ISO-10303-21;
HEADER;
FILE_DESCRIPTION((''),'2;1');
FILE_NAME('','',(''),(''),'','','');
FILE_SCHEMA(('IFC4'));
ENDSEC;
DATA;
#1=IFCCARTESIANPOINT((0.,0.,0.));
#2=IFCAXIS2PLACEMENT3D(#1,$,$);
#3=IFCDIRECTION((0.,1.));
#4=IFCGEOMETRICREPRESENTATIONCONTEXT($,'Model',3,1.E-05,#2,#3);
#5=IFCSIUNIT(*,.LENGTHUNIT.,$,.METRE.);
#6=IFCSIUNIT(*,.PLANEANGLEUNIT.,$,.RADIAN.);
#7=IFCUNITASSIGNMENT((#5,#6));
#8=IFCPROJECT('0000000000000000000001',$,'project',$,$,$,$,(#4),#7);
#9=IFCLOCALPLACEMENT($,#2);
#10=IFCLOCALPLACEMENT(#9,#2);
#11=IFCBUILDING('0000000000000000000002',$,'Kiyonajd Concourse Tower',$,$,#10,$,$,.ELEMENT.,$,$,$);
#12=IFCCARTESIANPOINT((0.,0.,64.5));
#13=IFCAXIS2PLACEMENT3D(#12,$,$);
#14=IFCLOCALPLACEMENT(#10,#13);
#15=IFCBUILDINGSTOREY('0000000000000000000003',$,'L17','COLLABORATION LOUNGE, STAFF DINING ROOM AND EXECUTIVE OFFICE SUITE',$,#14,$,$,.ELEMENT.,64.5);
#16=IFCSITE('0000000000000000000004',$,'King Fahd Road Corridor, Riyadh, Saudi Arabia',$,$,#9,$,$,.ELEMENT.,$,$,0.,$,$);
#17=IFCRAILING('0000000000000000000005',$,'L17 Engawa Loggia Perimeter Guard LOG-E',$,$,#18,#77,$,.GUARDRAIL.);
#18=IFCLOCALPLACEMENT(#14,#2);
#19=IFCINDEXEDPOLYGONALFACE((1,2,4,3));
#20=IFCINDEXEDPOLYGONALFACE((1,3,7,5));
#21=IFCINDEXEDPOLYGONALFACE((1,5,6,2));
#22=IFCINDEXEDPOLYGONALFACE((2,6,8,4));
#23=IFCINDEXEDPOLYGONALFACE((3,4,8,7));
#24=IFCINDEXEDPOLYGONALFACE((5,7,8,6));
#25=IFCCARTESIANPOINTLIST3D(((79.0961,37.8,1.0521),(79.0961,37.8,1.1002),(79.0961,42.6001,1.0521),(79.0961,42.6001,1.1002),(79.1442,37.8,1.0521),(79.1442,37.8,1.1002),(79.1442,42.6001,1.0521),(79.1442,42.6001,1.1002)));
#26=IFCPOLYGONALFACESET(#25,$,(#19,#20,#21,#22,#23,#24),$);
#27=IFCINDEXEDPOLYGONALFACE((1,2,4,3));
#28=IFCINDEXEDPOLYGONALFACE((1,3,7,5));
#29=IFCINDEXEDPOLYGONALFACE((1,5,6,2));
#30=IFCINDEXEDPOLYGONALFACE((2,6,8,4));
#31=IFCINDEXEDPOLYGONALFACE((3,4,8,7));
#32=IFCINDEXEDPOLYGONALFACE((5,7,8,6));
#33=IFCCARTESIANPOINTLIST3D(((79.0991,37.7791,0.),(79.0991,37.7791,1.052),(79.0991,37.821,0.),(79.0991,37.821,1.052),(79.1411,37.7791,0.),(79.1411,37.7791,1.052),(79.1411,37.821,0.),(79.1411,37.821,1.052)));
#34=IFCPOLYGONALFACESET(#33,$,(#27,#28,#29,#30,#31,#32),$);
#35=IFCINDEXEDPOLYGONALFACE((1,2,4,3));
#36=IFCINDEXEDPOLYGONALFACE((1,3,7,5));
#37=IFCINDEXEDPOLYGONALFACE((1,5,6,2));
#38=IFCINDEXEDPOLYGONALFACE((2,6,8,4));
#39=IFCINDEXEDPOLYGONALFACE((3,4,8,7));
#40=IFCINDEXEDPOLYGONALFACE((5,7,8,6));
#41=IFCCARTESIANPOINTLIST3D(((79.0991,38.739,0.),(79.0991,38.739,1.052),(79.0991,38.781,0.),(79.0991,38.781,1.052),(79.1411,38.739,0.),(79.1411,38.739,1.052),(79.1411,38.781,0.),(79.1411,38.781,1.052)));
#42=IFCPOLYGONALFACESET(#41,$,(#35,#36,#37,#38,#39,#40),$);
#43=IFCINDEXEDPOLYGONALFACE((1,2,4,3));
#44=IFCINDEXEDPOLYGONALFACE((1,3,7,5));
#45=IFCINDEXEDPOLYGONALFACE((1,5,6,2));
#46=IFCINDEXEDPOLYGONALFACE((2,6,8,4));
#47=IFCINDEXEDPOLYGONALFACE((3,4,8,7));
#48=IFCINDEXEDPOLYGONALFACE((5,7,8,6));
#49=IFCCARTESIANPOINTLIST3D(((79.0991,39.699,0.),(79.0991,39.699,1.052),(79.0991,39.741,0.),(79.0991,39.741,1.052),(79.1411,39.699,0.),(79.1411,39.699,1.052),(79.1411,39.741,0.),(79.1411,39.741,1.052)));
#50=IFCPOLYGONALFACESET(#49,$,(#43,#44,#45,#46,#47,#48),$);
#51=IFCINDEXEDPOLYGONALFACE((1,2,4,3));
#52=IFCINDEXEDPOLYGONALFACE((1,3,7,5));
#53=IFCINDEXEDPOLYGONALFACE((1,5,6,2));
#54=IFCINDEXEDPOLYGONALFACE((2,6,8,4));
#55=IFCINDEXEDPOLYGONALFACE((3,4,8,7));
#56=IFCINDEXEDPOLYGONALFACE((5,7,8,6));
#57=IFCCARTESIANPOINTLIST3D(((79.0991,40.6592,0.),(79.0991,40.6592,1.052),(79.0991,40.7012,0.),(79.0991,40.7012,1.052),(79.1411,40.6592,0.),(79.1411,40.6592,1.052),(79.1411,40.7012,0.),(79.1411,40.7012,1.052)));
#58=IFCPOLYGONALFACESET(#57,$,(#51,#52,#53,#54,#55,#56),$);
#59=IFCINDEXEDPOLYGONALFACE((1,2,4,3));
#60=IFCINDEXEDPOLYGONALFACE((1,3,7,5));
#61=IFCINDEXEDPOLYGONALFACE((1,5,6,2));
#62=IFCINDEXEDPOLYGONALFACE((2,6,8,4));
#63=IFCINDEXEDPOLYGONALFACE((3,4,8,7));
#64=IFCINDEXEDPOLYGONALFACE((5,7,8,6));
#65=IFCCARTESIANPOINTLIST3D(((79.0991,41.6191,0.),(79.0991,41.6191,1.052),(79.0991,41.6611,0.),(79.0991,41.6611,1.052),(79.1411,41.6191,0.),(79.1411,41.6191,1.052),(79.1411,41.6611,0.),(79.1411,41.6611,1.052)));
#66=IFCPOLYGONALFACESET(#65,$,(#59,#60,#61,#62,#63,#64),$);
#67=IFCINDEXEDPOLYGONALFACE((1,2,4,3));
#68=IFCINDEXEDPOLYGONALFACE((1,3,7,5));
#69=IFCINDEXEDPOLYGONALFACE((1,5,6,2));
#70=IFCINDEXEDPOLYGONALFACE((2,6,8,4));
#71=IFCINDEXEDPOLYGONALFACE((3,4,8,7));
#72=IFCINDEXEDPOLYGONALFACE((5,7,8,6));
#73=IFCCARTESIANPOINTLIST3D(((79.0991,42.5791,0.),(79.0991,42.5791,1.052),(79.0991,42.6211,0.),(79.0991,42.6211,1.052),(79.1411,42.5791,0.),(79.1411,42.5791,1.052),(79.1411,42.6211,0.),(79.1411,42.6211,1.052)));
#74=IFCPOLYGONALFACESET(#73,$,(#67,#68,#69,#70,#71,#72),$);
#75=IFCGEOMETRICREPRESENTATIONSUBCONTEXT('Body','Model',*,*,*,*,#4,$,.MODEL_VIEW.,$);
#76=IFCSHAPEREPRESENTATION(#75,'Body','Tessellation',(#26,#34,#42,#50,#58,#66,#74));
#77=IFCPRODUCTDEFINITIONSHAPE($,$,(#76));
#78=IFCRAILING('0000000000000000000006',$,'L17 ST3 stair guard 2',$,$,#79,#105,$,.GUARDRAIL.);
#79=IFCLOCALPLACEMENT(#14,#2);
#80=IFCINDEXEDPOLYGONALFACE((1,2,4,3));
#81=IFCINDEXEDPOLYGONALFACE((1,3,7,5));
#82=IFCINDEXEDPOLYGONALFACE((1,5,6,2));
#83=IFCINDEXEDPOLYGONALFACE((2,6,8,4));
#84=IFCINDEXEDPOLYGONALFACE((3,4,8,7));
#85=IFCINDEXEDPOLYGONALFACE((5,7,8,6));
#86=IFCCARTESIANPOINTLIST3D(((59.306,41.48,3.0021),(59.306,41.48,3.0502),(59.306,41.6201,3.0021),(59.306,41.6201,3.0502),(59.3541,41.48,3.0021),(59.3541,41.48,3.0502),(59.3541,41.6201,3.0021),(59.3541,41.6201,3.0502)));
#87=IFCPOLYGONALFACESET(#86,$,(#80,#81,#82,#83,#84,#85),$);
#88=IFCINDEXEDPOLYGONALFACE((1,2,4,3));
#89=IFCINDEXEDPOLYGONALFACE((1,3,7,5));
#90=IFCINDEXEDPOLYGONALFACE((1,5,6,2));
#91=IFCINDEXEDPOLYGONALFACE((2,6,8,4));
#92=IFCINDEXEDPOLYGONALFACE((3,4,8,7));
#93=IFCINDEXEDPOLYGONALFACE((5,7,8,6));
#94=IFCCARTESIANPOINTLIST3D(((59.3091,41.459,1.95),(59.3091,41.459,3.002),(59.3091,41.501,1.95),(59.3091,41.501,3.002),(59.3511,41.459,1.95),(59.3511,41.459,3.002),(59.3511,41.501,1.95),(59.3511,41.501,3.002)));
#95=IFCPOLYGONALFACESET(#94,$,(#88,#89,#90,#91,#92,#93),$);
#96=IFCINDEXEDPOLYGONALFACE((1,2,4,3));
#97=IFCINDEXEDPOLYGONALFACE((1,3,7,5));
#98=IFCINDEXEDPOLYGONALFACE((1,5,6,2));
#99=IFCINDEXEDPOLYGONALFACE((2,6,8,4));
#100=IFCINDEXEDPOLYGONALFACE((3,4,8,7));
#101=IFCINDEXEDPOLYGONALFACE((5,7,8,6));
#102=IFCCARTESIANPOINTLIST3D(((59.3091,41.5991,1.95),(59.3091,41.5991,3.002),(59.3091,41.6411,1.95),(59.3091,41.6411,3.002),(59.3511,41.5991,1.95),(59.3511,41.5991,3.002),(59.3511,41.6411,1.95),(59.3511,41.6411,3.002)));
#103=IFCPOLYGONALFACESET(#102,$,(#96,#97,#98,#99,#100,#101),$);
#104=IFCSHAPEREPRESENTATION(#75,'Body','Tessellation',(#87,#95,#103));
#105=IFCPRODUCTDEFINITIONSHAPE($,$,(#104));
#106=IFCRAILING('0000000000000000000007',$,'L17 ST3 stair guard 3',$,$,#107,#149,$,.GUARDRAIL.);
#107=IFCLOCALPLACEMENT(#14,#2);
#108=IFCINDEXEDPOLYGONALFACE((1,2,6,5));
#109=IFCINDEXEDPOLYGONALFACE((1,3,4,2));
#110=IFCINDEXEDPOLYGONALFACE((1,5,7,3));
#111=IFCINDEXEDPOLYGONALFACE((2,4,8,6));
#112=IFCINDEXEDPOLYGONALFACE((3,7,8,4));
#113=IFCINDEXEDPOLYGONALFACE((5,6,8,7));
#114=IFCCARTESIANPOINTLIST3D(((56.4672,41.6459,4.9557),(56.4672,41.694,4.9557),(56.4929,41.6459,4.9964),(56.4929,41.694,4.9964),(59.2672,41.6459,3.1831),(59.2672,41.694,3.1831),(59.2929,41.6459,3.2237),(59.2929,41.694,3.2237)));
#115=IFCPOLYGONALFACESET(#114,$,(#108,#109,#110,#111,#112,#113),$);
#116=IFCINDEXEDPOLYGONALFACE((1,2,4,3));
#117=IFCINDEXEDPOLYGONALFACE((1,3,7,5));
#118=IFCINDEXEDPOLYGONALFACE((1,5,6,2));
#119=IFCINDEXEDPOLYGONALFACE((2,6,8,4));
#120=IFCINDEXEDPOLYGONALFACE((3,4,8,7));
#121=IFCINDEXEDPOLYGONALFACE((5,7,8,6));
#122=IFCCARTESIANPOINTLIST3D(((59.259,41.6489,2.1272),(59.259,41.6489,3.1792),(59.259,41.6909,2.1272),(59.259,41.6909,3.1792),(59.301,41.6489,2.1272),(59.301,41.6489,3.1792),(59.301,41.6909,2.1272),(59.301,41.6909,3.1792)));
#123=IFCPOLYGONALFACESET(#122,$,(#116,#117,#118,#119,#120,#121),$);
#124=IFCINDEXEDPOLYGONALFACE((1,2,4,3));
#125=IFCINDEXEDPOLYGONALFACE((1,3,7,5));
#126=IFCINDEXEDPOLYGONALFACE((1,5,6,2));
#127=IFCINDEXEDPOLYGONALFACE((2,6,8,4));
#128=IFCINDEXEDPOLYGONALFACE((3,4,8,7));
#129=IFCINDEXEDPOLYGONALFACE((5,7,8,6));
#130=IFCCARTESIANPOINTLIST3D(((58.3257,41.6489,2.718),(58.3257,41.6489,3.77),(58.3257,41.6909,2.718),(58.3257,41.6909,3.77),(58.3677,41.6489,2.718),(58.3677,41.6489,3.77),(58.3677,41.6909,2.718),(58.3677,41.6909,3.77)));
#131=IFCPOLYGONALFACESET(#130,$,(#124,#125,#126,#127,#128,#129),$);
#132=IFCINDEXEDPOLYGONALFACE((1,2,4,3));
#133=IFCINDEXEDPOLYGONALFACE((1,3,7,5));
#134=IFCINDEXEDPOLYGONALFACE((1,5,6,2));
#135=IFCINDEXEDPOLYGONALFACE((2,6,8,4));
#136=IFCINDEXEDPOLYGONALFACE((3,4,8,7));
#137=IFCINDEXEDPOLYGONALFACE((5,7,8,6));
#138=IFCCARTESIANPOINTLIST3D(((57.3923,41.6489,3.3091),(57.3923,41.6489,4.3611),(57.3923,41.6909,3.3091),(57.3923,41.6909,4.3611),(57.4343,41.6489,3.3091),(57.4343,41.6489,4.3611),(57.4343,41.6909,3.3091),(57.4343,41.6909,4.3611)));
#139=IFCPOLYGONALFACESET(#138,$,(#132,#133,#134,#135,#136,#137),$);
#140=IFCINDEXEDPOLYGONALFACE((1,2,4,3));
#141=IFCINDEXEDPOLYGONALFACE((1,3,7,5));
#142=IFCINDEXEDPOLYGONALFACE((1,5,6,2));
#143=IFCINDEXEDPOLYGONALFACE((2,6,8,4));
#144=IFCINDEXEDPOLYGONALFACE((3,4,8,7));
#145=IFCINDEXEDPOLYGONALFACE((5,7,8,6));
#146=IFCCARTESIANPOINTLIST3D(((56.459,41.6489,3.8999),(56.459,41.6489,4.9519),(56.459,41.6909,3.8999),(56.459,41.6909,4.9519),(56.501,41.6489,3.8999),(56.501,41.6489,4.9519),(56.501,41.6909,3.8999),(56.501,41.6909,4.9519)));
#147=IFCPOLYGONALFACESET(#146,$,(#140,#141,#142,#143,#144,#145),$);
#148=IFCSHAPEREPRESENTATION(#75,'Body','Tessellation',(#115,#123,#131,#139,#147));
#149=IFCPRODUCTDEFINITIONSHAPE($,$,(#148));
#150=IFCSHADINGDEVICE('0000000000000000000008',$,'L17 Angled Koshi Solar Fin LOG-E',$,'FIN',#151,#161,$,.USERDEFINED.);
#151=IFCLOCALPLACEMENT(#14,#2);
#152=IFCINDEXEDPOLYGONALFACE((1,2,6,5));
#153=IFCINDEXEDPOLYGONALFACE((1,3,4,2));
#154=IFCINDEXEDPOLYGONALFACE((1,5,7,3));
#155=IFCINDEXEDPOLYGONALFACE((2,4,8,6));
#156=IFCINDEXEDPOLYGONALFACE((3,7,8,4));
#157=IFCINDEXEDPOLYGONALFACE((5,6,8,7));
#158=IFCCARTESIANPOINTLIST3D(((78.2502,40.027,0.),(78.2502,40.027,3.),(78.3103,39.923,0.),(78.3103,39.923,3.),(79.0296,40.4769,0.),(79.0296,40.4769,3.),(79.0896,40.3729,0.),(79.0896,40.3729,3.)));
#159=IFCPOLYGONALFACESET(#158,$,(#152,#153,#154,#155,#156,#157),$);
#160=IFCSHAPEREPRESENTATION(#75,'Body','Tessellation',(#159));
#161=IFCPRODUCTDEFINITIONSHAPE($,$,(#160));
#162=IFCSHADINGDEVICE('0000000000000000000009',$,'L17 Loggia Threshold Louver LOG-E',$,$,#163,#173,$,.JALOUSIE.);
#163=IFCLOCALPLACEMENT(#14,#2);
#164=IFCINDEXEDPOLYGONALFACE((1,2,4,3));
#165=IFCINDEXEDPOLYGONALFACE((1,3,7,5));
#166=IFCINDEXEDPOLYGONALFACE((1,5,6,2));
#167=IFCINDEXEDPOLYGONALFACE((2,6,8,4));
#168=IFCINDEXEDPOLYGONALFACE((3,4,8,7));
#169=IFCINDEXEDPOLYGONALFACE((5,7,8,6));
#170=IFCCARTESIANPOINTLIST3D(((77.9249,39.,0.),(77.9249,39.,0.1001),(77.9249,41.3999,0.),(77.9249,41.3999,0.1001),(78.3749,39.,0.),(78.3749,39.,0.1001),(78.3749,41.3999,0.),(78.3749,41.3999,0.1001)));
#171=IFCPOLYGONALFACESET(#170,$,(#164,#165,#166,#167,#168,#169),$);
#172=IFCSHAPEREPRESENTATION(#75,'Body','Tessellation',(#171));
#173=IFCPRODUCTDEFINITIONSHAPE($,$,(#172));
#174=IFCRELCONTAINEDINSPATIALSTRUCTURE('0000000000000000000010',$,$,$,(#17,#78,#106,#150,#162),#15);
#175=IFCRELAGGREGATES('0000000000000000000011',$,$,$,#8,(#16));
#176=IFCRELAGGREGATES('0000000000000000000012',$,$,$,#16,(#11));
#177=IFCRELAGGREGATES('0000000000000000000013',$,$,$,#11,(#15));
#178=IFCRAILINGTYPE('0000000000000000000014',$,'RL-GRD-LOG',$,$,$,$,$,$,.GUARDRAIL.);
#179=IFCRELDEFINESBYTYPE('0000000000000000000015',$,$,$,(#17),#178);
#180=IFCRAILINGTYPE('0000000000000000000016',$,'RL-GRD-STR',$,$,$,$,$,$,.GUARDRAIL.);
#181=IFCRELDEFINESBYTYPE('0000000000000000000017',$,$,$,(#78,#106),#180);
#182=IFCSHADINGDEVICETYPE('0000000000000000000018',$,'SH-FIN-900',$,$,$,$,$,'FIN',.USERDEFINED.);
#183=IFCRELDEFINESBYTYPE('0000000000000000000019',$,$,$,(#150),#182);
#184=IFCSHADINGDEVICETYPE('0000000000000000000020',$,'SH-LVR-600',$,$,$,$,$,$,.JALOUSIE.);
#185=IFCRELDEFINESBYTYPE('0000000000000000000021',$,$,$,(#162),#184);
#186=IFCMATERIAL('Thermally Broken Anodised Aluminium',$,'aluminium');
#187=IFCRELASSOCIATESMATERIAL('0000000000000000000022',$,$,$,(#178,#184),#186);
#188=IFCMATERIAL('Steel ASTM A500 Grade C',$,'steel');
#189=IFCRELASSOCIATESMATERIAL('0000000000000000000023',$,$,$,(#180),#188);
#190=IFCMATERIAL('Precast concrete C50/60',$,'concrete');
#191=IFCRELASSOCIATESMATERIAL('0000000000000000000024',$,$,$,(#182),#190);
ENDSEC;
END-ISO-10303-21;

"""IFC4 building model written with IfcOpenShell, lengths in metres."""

from ifc_helpers import new_model, si_unit, direction, frame, origin, origin_2d, place, context, subcontext, project, spatial, rectangle, extrude, material, type_object, element, save


model = new_model("IFC4")

# Units and contexts
model_context = context("Model", 3, precision=1e-05, world=origin(), true_north=direction((0.0, 1.0)))
body_context = subcontext(model_context, "Body", "Model", "MODEL_VIEW")
ifc_project = project(units=[si_unit("LENGTHUNIT", "METRE"), si_unit("PLANEANGLEUNIT", "RADIAN")], contexts=[model_context])

# Site, building, storey
site_placement = place(None, origin())
site = spatial("IfcSite", under=ifc_project, at=site_placement, Name="King Fahd Road Corridor, Riyadh, Saudi Arabia", CompositionType="ELEMENT", RefElevation=0.0)
building_placement = place(site_placement, origin())
building = spatial("IfcBuilding", under=site, at=building_placement, Name="Kiyonajd Concourse Tower", CompositionType="ELEMENT")
storey_placement = place(building_placement, frame((0.0, 0.0, 64.5)))
storey = spatial("IfcBuildingStorey", under=building, at=storey_placement, Name="L17", Description="COLLABORATION LOUNGE, STAFF DINING ROOM AND EXECUTIVE OFFICE SUITE", CompositionType="ELEMENT", Elevation=64.5)

# Shared definitions
ifc_material_1 = material(Name="Precast concrete C50/60", Category="concrete")

# Shared definitions
ifc_material_2 = material(Name="Thermally Broken Anodised Aluminium", Category="aluminium")

# Railings
railing_type_1 = type_object("IfcRailingType", Name="RL-GRD-LOG", PredefinedType="GUARDRAIL", material=ifc_material_2)
railing_1_placement = place(storey_placement, frame((79.1201, 37.8, 0.0)))
element("IfcRailing", 1, at=railing_1_placement, inside=storey, type_object=railing_type_1, Name="L17 Engawa Loggia Perimeter Guard LOG-E", PredefinedType="GUARDRAIL", context=body_context, shape_type="SweptSolid", body=[
    extrude(rectangle(XDim=0.0481, YDim=0.0481, at=origin_2d()), frame((0.0, 0.0, 1.0762), z_axis=(0.0, 1.0, 0.0), x_axis=(-1.0, 0.0, 0.0)), (0.0, 0.0, 1.0), 4.8),
    extrude(rectangle(XDim=0.042, YDim=0.042, at=origin_2d()), origin(), (0.0, 0.0, 1.0), 1.052),
    extrude(rectangle(XDim=0.042, YDim=0.042, at=origin_2d()), frame((0.0, 0.96, 0.0)), (0.0, 0.0, 1.0), 1.052),
    extrude(rectangle(XDim=0.042, YDim=0.042, at=origin_2d()), frame((0.0, 1.9199, 0.0)), (0.0, 0.0, 1.0), 1.052),
    extrude(rectangle(XDim=0.042, YDim=0.042, at=origin_2d()), frame((0.0, 2.8801, 0.0)), (0.0, 0.0, 1.0), 1.052),
    extrude(rectangle(XDim=0.042, YDim=0.042, at=origin_2d()), frame((0.0, 3.8401, 0.0)), (0.0, 0.0, 1.0), 1.052),
    extrude(rectangle(XDim=0.042, YDim=0.042, at=origin_2d()), frame((0.0, 4.8, 0.0)), (0.0, 0.0, 1.0), 1.052),
])
ifc_material_3 = material(Name="Steel ASTM A500 Grade C", Category="steel")
railing_type_2 = type_object("IfcRailingType", Name="RL-GRD-STR", PredefinedType="GUARDRAIL", material=ifc_material_3)
railing_2_placement = place(storey_placement, frame((59.3301, 41.48, 1.95)))
element("IfcRailing", 2, at=railing_2_placement, inside=storey, type_object=railing_type_2, Name="L17 ST3 stair guard 2", PredefinedType="GUARDRAIL", context=body_context, shape_type="SweptSolid", body=[
    extrude(rectangle(XDim=0.0481, YDim=0.0481, at=origin_2d()), frame((0.0, 0.0, 1.0762), z_axis=(0.0, 1.0, 0.0), x_axis=(-1.0, 0.0, 0.0)), (0.0, 0.0, 1.0), 0.1401),
    extrude(rectangle(XDim=0.042, YDim=0.042, at=origin_2d()), origin(), (0.0, 0.0, 1.0), 1.052),
    extrude(rectangle(XDim=0.042, YDim=0.042, at=origin_2d()), frame((0.0, 0.1401, 0.0)), (0.0, 0.0, 1.0), 1.052),
])
railing_3_placement = place(storey_placement, frame((59.28, 41.6699, 2.1272)))
element("IfcRailing", 3, at=railing_3_placement, inside=storey, type_object=railing_type_2, Name="L17 ST3 stair guard 3", PredefinedType="GUARDRAIL", context=body_context, shape_type="SweptSolid", body=[
    extrude(rectangle(XDim=0.0481, YDim=0.0481, at=origin_2d()), frame((0.0, 0.0, 1.0762), z_axis=(-0.844909, 0.0, 0.53491), x_axis=(0.0, -1.0, 0.0)), (0.0, 0.0, 1.0), 3.314),
    extrude(rectangle(XDim=0.042, YDim=0.042, at=origin_2d()), origin(), (0.0, 0.0, 1.0), 1.052),
    extrude(rectangle(XDim=0.042, YDim=0.042, at=origin_2d()), frame((-0.9333, 0.0, 0.5908)), (0.0, 0.0, 1.0), 1.052),
    extrude(rectangle(XDim=0.042, YDim=0.042, at=origin_2d()), frame((-1.8667, 0.0, 1.1819)), (0.0, 0.0, 1.0), 1.052),
    extrude(rectangle(XDim=0.042, YDim=0.042, at=origin_2d()), frame((-2.8, 0.0, 1.7727)), (0.0, 0.0, 1.0), 1.052),
])

# Shading devices
shading_device_type_1 = type_object("IfcShadingDeviceType", Name="SH-FIN-900", ElementType="FIN", PredefinedType="USERDEFINED", material=ifc_material_1)
shading_device_1_placement = place(storey_placement, frame((78.6699, 40.2, 0.0), z_axis=(0.0, 0.0, 1.0), x_axis=(0.866025, 0.5, 0.0)))
element("IfcShadingDevice", 4, at=shading_device_1_placement, inside=storey, type_object=shading_device_type_1, Name="L17 Angled Koshi Solar Fin LOG-E", ObjectType="FIN", PredefinedType="USERDEFINED", context=body_context, shape_type="SweptSolid", body=[
    extrude(rectangle(XDim=0.8999, YDim=0.1201, at=origin_2d()), origin(), (0.0, 0.0, 1.0), 3.0),
])
shading_device_type_2 = type_object("IfcShadingDeviceType", Name="SH-LVR-600", PredefinedType="JALOUSIE", material=ifc_material_2)
shading_device_2_placement = place(storey_placement, frame((78.1499, 40.2, 0.0), z_axis=(0.0, 0.0, 1.0), x_axis=(0.0, 1.0, 0.0)))
element("IfcShadingDevice", 5, at=shading_device_2_placement, inside=storey, type_object=shading_device_type_2, Name="L17 Loggia Threshold Louver LOG-E", PredefinedType="JALOUSIE", context=body_context, shape_type="SweptSolid", body=[
    extrude(rectangle(XDim=2.3999, YDim=0.45, at=origin_2d()), origin(), (0.0, 0.0, 1.0), 0.1001),
])

save(model, "model.ifc")
